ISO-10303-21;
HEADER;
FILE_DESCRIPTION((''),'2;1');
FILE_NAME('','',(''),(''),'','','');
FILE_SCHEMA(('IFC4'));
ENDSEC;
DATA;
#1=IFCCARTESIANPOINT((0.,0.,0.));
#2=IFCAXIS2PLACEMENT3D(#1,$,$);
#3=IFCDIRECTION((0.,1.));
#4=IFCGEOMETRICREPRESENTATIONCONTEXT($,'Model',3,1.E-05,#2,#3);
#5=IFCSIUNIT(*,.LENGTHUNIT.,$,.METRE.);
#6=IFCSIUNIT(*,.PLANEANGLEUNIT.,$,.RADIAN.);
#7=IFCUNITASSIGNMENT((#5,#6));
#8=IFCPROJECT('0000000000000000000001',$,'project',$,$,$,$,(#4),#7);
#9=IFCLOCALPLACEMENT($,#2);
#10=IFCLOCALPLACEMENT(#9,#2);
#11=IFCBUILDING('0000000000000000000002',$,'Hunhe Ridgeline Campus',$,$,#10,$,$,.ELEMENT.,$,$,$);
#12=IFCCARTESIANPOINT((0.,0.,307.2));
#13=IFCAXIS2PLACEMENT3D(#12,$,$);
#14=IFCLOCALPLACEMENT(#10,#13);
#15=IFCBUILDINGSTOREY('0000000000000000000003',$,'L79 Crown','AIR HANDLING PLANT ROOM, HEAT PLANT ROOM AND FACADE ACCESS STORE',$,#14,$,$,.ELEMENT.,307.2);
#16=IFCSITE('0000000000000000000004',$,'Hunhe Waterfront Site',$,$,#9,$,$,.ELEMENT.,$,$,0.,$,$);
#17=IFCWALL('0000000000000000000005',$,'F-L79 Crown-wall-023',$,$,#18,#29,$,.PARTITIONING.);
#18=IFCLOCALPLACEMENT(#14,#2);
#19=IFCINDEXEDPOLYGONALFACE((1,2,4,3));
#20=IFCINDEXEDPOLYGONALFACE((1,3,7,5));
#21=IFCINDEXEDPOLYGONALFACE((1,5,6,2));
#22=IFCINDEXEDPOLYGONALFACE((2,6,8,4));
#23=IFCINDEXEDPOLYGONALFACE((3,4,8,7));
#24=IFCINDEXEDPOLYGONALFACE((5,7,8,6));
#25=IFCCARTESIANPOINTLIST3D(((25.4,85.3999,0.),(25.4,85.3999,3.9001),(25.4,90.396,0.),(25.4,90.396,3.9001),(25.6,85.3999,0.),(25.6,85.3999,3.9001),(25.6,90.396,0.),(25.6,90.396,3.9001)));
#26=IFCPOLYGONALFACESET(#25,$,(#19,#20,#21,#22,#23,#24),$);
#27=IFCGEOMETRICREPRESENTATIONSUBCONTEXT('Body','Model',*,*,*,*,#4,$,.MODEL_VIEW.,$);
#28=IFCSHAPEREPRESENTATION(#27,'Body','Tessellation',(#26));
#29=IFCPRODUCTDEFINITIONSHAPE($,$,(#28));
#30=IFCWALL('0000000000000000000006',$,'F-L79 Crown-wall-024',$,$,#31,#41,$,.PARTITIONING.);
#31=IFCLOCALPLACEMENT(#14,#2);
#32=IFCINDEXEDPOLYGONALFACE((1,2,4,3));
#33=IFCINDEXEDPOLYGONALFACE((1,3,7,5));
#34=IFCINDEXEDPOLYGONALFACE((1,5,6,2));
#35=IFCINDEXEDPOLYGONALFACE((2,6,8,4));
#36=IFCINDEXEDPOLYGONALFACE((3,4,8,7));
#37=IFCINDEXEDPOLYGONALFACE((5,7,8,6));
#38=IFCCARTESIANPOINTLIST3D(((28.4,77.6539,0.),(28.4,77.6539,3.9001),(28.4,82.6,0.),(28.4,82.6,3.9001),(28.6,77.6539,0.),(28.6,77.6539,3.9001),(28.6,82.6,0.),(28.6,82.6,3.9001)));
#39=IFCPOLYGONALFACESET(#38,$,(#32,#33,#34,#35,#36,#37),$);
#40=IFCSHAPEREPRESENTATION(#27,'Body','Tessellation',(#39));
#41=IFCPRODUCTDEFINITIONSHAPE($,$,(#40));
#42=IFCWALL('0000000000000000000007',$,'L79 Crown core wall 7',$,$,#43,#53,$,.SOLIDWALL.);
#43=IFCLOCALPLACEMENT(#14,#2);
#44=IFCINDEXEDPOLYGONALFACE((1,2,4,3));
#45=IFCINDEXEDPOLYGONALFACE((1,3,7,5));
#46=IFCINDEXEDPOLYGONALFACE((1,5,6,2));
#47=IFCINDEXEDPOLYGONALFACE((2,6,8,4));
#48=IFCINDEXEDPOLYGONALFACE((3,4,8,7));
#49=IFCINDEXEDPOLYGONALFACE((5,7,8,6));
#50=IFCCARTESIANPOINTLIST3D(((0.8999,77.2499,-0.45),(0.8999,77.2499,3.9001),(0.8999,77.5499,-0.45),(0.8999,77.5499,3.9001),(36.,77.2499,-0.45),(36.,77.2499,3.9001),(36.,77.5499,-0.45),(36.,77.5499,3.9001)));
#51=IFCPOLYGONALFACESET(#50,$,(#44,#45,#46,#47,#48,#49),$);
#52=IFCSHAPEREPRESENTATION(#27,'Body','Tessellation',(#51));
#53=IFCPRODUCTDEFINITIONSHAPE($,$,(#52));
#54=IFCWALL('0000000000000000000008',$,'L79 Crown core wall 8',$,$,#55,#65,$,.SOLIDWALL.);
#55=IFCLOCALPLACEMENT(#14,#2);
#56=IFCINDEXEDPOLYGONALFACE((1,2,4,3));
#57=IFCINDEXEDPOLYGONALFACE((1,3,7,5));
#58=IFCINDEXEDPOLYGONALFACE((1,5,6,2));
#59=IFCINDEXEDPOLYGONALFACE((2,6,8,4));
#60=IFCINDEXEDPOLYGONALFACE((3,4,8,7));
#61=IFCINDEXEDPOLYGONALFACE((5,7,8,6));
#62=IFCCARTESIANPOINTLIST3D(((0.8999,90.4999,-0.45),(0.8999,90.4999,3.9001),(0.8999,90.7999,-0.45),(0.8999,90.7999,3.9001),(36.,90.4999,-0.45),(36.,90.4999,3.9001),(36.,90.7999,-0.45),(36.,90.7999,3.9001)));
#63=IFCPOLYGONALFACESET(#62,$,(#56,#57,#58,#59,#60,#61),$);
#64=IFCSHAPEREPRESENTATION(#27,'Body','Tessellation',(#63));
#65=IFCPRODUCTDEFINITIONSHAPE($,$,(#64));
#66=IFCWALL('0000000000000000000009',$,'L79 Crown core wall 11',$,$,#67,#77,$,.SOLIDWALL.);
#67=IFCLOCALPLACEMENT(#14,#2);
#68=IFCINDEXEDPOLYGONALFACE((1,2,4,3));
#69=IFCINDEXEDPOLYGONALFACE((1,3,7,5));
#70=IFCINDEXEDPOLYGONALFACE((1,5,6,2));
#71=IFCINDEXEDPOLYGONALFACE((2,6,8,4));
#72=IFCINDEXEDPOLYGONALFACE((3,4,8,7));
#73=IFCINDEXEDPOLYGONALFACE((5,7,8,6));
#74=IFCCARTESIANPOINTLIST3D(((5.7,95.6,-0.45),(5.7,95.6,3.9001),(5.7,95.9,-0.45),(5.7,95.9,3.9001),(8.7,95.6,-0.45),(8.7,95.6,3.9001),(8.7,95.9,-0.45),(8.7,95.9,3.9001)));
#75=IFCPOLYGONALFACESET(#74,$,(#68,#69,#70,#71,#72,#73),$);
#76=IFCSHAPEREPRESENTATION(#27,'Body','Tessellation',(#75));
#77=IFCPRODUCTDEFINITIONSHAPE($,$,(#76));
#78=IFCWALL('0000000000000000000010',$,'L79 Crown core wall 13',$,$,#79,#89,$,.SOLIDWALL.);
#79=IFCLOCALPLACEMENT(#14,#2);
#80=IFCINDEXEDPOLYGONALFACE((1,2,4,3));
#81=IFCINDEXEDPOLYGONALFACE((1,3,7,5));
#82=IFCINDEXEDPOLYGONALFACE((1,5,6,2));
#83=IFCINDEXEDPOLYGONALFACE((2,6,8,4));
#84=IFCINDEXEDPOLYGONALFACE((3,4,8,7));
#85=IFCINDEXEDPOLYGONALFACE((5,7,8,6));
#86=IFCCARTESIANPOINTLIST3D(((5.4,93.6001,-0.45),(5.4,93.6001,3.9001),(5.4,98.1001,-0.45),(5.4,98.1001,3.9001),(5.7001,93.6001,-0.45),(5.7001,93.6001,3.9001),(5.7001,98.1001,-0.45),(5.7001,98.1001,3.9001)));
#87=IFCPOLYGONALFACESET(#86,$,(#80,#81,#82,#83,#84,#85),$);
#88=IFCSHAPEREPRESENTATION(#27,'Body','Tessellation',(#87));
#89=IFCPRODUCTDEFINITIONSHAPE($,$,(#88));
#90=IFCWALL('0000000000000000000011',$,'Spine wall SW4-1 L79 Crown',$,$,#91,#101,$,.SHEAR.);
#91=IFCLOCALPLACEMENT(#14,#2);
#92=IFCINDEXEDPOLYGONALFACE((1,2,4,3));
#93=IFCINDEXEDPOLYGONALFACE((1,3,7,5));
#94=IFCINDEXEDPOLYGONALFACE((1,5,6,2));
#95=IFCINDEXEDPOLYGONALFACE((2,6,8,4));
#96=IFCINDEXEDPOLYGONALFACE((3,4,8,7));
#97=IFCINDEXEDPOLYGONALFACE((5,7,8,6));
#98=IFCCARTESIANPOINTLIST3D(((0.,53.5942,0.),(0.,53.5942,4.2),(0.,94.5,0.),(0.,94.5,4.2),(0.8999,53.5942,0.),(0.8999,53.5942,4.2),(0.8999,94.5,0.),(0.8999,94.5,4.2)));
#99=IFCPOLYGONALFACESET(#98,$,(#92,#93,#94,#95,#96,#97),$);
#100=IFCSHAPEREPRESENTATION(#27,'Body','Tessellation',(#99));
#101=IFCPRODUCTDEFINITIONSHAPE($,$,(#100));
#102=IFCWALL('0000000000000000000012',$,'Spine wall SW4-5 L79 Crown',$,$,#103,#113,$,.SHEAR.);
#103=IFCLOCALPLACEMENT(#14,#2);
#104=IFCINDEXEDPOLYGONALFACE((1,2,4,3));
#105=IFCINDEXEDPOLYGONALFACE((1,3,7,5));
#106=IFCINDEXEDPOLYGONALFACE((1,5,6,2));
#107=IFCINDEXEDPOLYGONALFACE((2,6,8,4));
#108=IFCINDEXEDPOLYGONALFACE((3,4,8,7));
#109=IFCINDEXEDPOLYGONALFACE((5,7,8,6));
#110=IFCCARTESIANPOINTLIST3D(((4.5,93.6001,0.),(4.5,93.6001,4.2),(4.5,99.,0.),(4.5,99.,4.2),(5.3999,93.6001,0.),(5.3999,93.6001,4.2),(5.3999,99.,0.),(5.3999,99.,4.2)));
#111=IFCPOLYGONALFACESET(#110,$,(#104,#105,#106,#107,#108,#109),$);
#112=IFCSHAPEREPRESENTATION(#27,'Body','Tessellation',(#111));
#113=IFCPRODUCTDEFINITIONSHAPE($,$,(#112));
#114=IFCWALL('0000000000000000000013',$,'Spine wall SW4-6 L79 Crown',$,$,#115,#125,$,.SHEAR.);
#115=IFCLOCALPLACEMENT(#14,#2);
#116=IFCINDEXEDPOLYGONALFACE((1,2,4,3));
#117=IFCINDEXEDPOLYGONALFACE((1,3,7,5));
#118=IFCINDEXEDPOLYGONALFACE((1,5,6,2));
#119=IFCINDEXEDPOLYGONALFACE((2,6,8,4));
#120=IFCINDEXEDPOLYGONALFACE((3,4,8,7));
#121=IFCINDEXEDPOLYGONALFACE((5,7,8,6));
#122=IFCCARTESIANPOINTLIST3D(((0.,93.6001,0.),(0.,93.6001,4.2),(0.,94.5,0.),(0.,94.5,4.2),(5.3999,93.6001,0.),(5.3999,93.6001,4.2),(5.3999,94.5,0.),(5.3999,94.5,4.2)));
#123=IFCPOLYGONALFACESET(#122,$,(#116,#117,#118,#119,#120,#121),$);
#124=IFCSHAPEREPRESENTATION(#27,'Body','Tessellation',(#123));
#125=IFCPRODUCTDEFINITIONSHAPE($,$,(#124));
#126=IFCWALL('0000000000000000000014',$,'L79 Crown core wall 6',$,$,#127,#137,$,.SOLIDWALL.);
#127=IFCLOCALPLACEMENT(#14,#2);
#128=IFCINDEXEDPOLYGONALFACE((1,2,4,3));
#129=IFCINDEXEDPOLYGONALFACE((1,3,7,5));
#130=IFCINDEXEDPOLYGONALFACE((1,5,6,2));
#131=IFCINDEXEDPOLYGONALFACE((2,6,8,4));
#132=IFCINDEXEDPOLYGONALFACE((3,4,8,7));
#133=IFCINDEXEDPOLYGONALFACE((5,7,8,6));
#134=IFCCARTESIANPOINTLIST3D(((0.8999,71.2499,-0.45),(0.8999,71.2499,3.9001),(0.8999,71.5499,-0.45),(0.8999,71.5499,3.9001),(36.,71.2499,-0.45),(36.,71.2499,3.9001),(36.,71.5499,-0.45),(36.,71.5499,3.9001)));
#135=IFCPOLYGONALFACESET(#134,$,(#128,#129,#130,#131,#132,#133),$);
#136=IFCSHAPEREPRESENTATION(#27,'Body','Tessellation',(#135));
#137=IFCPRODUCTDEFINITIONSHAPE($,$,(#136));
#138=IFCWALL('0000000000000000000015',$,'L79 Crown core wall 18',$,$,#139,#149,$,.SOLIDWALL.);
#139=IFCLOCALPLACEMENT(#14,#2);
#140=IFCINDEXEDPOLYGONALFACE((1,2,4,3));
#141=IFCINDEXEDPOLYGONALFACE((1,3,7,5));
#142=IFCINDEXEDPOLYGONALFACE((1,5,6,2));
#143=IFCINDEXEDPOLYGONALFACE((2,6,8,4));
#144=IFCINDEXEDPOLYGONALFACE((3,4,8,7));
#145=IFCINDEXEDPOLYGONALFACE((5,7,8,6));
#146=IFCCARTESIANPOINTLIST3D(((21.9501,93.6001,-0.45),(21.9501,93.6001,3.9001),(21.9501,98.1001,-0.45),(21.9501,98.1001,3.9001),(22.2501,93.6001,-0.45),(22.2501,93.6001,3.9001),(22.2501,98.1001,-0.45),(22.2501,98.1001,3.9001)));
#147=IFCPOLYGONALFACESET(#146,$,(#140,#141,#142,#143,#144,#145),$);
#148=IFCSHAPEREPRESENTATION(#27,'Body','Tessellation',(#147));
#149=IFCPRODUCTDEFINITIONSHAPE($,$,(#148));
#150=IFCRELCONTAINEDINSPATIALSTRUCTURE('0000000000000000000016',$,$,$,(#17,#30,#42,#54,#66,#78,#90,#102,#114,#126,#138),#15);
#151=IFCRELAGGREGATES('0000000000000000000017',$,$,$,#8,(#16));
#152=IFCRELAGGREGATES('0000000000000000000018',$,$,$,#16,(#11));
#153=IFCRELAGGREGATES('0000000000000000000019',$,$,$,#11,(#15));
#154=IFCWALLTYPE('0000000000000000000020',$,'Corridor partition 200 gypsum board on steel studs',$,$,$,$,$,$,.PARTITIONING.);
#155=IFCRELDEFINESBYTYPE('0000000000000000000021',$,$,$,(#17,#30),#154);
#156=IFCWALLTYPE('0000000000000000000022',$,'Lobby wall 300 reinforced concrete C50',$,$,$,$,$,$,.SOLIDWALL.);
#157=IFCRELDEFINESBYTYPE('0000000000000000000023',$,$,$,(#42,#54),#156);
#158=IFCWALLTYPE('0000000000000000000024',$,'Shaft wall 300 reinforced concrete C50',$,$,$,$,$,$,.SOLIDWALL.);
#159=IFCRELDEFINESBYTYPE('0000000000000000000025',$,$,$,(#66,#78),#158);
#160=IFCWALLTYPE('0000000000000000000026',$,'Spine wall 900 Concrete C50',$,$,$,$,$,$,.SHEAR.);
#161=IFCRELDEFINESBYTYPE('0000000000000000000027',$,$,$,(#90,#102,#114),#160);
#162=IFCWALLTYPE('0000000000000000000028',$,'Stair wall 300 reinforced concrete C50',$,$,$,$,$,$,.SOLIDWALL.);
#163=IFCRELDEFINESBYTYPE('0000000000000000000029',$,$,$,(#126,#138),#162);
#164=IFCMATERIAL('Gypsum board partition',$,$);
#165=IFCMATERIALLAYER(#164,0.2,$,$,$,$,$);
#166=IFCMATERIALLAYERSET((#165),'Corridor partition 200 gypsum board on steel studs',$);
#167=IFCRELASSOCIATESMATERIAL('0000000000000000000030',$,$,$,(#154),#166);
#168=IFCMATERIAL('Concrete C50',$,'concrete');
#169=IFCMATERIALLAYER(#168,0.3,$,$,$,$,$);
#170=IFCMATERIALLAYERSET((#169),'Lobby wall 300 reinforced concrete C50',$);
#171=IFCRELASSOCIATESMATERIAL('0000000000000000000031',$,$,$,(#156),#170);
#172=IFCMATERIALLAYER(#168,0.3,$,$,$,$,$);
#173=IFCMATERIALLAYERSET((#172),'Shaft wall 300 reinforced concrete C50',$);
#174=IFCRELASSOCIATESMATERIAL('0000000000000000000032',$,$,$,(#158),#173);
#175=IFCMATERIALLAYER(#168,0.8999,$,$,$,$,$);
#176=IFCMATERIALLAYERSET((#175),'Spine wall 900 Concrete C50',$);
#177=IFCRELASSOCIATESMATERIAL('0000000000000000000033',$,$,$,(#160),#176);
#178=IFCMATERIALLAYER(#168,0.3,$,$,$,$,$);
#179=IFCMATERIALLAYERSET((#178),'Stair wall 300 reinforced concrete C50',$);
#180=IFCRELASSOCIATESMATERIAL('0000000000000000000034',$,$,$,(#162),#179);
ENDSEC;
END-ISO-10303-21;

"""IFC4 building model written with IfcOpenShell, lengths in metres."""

from ifc_helpers import new_model, si_unit, direction, frame, frame_2d, origin, place, context, subcontext, project, spatial, polyline, rectangle, outline, extrude, material, layer, layer_set, type_object, element, save


model = new_model("IFC4")

# Units and contexts
model_context = context("Model", 3, precision=1e-05, world=origin(), true_north=direction((0.0, 1.0)))
body_context = subcontext(model_context, "Body", "Model", "MODEL_VIEW")
ifc_project = project(units=[si_unit("LENGTHUNIT", "METRE"), si_unit("PLANEANGLEUNIT", "RADIAN")], contexts=[model_context])

# Site, building, storey
site_placement = place(None, origin())
site = spatial("IfcSite", under=ifc_project, at=site_placement, Name="Hunhe Waterfront Site", CompositionType="ELEMENT", RefElevation=0.0)
building_placement = place(site_placement, origin())
building = spatial("IfcBuilding", under=site, at=building_placement, Name="Hunhe Ridgeline Campus", CompositionType="ELEMENT")
storey_placement = place(building_placement, frame((0.0, 0.0, 307.2)))
storey = spatial("IfcBuildingStorey", under=building, at=storey_placement, Name="L79 Crown", Description="AIR HANDLING PLANT ROOM, HEAT PLANT ROOM AND FACADE ACCESS STORE", CompositionType="ELEMENT", Elevation=307.2)

# Shared definitions
ifc_material_1 = material(Name="Gypsum board partition")
ifc_layer_1 = layer(ifc_material_1, 0.2)
ifc_layer_set_1 = layer_set([ifc_layer_1], Name="Corridor partition 200 gypsum board on steel studs")
wall_type_1 = type_object("IfcWallType", Name="Corridor partition 200 gypsum board on steel studs", PredefinedType="PARTITIONING", material=ifc_layer_set_1)

# Walls
wall_1_placement = place(storey_placement, frame((25.5, 90.396, 0.0), z_axis=(0.0, 0.0, 1.0), x_axis=(0.0, -1.0, 0.0)))
element("IfcWall", 1, at=wall_1_placement, inside=storey, type_object=wall_type_1, Name="F-L79 Crown-wall-023", PredefinedType="PARTITIONING", context=body_context, shape_type="SweptSolid", body=[
    extrude(rectangle(XDim=4.9961, YDim=0.2, at=frame_2d((2.498, 0.0))), origin(), (0.0, 0.0, 1.0), 3.9001),
])
wall_2_placement = place(storey_placement, frame((28.5, 82.6001, 0.0), z_axis=(0.0, 0.0, 1.0), x_axis=(0.0, -1.0, 0.0)))
element("IfcWall", 2, at=wall_2_placement, inside=storey, type_object=wall_type_1, Name="F-L79 Crown-wall-024", PredefinedType="PARTITIONING", context=body_context, shape_type="SweptSolid", body=[
    extrude(rectangle(XDim=4.946, YDim=0.2, at=frame_2d((2.4731, 0.0))), origin(), (0.0, 0.0, 1.0), 3.9001),
])
ifc_material_2 = material(Name="Concrete C50", Category="concrete")
ifc_layer_2 = layer(ifc_material_2, 0.3)
ifc_layer_set_2 = layer_set([ifc_layer_2], Name="Lobby wall 300 reinforced concrete C50")
wall_type_2 = type_object("IfcWallType", Name="Lobby wall 300 reinforced concrete C50", PredefinedType="SOLIDWALL", material=ifc_layer_set_2)
for number, where, z_axis, x_axis, name in (
    (3, (0.8999, 77.3999, -0.45), (0.0, 0.0, 1.0), (1.0, 0.0, 0.0), "L79 Crown core wall 7"),
    (4, (0.8999, 90.6499, -0.45), (0.0, 0.0, 1.0), (1.0, 0.0, 0.0), "L79 Crown core wall 8"),
):
    element("IfcWall", number, at=place(storey_placement, frame(where, z_axis=z_axis, x_axis=x_axis)), inside=storey, type_object=wall_type_2, Name=name, PredefinedType="SOLIDWALL", context=body_context, shape_type="SweptSolid", body=[
        extrude(rectangle(XDim=35.1001, YDim=0.3, at=frame_2d((17.55, 0.0))), origin(), (0.0, 0.0, 1.0), 4.3501),
    ])

# Shared definitions
ifc_layer_3 = layer(ifc_material_2, 0.3)
ifc_layer_set_3 = layer_set([ifc_layer_3], Name="Shaft wall 300 reinforced concrete C50")
wall_type_3 = type_object("IfcWallType", Name="Shaft wall 300 reinforced concrete C50", PredefinedType="SOLIDWALL", material=ifc_layer_set_3)

# Walls
wall_3_placement = place(storey_placement, frame((5.7, 95.75, -0.45), z_axis=(0.0, 0.0, 1.0), x_axis=(1.0, 0.0, 0.0)))
element("IfcWall", 5, at=wall_3_placement, inside=storey, type_object=wall_type_3, Name="L79 Crown core wall 11", PredefinedType="SOLIDWALL", context=body_context, shape_type="SweptSolid", body=[
    extrude(rectangle(XDim=3.0, YDim=0.3, at=frame_2d((1.5, 0.0))), origin(), (0.0, 0.0, 1.0), 4.3501),
])
wall_4_placement = place(storey_placement, frame((5.55, 93.6001, -0.45), z_axis=(0.0, 0.0, 1.0), x_axis=(0.0, 1.0, 0.0)))
element("IfcWall", 6, at=wall_4_placement, inside=storey, type_object=wall_type_3, Name="L79 Crown core wall 13", PredefinedType="SOLIDWALL", context=body_context, shape_type="SweptSolid", body=[
    extrude(rectangle(XDim=4.5, YDim=0.3, at=frame_2d((2.25, 0.0))), origin(), (0.0, 0.0, 1.0), 4.3501),
])

# Walls
ifc_layer_4 = layer(ifc_material_2, 0.8999)
ifc_layer_set_4 = layer_set([ifc_layer_4], Name="Spine wall 900 Concrete C50")
wall_type_4 = type_object("IfcWallType", Name="Spine wall 900 Concrete C50", PredefinedType="SHEAR", material=ifc_layer_set_4)
wall_5_placement = place(storey_placement, frame((0.45, 94.5, 0.0), z_axis=(0.0, 0.0, 1.0), x_axis=(0.0, -1.0, 0.0)))
element("IfcWall", 7, at=wall_5_placement, inside=storey, type_object=wall_type_4, Name="Spine wall SW4-1 L79 Crown", PredefinedType="SHEAR", context=body_context, shape_type="SweptSolid", body=[
    extrude(outline(polyline([(0.0, 0.0), (40.9058, 0.0), (40.9058, 4.2), (0.0, 4.2), (0.0, 0.0)])), frame((0.0, 0.45, 0.0), z_axis=(0.0, -1.0, 0.0), x_axis=(1.0, 0.0, 0.0)), (0.0, 0.0, 1.0), 0.8999),
])
for number, where, z_axis, x_axis, name in (
    (8, (4.95, 99.0, 0.0), (0.0, 0.0, 1.0), (0.0, -1.0, 0.0), "Spine wall SW4-5 L79 Crown"),
    (9, (5.3999, 94.05, 0.0), (0.0, 0.0, 1.0), (-1.0, 0.0, 0.0), "Spine wall SW4-6 L79 Crown"),
):
    element("IfcWall", number, at=place(storey_placement, frame(where, z_axis=z_axis, x_axis=x_axis)), inside=storey, type_object=wall_type_4, Name=name, PredefinedType="SHEAR", context=body_context, shape_type="SweptSolid", body=[
        extrude(outline(polyline([(0.0, 0.0), (5.3999, 0.0), (5.3999, 4.2), (0.0, 4.2), (0.0, 0.0)])), frame((0.0, 0.45, 0.0), z_axis=(0.0, -1.0, 0.0), x_axis=(1.0, 0.0, 0.0)), (0.0, 0.0, 1.0), 0.8999),
    ])
ifc_layer_5 = layer(ifc_material_2, 0.3)
ifc_layer_set_5 = layer_set([ifc_layer_5], Name="Stair wall 300 reinforced concrete C50")
wall_type_5 = type_object("IfcWallType", Name="Stair wall 300 reinforced concrete C50", PredefinedType="SOLIDWALL", material=ifc_layer_set_5)
wall_6_placement = place(storey_placement, frame((0.8999, 71.3999, -0.45), z_axis=(0.0, 0.0, 1.0), x_axis=(1.0, 0.0, 0.0)))
element("IfcWall", 10, at=wall_6_placement, inside=storey, type_object=wall_type_5, Name="L79 Crown core wall 6", PredefinedType="SOLIDWALL", context=body_context, shape_type="SweptSolid", body=[
    extrude(rectangle(XDim=35.1001, YDim=0.3, at=frame_2d((17.55, 0.0))), origin(), (0.0, 0.0, 1.0), 4.3501),
])

# Wall
wall_7_placement = place(storey_placement, frame((22.1001, 93.6001, -0.45), z_axis=(0.0, 0.0, 1.0), x_axis=(0.0, 1.0, 0.0)))
element("IfcWall", 11, at=wall_7_placement, inside=storey, type_object=wall_type_5, Name="L79 Crown core wall 18", PredefinedType="SOLIDWALL", context=body_context, shape_type="SweptSolid", body=[
    extrude(rectangle(XDim=4.5, YDim=0.3, at=frame_2d((2.25, 0.0))), origin(), (0.0, 0.0, 1.0), 4.3501),
])

save(model, "model.ifc")
